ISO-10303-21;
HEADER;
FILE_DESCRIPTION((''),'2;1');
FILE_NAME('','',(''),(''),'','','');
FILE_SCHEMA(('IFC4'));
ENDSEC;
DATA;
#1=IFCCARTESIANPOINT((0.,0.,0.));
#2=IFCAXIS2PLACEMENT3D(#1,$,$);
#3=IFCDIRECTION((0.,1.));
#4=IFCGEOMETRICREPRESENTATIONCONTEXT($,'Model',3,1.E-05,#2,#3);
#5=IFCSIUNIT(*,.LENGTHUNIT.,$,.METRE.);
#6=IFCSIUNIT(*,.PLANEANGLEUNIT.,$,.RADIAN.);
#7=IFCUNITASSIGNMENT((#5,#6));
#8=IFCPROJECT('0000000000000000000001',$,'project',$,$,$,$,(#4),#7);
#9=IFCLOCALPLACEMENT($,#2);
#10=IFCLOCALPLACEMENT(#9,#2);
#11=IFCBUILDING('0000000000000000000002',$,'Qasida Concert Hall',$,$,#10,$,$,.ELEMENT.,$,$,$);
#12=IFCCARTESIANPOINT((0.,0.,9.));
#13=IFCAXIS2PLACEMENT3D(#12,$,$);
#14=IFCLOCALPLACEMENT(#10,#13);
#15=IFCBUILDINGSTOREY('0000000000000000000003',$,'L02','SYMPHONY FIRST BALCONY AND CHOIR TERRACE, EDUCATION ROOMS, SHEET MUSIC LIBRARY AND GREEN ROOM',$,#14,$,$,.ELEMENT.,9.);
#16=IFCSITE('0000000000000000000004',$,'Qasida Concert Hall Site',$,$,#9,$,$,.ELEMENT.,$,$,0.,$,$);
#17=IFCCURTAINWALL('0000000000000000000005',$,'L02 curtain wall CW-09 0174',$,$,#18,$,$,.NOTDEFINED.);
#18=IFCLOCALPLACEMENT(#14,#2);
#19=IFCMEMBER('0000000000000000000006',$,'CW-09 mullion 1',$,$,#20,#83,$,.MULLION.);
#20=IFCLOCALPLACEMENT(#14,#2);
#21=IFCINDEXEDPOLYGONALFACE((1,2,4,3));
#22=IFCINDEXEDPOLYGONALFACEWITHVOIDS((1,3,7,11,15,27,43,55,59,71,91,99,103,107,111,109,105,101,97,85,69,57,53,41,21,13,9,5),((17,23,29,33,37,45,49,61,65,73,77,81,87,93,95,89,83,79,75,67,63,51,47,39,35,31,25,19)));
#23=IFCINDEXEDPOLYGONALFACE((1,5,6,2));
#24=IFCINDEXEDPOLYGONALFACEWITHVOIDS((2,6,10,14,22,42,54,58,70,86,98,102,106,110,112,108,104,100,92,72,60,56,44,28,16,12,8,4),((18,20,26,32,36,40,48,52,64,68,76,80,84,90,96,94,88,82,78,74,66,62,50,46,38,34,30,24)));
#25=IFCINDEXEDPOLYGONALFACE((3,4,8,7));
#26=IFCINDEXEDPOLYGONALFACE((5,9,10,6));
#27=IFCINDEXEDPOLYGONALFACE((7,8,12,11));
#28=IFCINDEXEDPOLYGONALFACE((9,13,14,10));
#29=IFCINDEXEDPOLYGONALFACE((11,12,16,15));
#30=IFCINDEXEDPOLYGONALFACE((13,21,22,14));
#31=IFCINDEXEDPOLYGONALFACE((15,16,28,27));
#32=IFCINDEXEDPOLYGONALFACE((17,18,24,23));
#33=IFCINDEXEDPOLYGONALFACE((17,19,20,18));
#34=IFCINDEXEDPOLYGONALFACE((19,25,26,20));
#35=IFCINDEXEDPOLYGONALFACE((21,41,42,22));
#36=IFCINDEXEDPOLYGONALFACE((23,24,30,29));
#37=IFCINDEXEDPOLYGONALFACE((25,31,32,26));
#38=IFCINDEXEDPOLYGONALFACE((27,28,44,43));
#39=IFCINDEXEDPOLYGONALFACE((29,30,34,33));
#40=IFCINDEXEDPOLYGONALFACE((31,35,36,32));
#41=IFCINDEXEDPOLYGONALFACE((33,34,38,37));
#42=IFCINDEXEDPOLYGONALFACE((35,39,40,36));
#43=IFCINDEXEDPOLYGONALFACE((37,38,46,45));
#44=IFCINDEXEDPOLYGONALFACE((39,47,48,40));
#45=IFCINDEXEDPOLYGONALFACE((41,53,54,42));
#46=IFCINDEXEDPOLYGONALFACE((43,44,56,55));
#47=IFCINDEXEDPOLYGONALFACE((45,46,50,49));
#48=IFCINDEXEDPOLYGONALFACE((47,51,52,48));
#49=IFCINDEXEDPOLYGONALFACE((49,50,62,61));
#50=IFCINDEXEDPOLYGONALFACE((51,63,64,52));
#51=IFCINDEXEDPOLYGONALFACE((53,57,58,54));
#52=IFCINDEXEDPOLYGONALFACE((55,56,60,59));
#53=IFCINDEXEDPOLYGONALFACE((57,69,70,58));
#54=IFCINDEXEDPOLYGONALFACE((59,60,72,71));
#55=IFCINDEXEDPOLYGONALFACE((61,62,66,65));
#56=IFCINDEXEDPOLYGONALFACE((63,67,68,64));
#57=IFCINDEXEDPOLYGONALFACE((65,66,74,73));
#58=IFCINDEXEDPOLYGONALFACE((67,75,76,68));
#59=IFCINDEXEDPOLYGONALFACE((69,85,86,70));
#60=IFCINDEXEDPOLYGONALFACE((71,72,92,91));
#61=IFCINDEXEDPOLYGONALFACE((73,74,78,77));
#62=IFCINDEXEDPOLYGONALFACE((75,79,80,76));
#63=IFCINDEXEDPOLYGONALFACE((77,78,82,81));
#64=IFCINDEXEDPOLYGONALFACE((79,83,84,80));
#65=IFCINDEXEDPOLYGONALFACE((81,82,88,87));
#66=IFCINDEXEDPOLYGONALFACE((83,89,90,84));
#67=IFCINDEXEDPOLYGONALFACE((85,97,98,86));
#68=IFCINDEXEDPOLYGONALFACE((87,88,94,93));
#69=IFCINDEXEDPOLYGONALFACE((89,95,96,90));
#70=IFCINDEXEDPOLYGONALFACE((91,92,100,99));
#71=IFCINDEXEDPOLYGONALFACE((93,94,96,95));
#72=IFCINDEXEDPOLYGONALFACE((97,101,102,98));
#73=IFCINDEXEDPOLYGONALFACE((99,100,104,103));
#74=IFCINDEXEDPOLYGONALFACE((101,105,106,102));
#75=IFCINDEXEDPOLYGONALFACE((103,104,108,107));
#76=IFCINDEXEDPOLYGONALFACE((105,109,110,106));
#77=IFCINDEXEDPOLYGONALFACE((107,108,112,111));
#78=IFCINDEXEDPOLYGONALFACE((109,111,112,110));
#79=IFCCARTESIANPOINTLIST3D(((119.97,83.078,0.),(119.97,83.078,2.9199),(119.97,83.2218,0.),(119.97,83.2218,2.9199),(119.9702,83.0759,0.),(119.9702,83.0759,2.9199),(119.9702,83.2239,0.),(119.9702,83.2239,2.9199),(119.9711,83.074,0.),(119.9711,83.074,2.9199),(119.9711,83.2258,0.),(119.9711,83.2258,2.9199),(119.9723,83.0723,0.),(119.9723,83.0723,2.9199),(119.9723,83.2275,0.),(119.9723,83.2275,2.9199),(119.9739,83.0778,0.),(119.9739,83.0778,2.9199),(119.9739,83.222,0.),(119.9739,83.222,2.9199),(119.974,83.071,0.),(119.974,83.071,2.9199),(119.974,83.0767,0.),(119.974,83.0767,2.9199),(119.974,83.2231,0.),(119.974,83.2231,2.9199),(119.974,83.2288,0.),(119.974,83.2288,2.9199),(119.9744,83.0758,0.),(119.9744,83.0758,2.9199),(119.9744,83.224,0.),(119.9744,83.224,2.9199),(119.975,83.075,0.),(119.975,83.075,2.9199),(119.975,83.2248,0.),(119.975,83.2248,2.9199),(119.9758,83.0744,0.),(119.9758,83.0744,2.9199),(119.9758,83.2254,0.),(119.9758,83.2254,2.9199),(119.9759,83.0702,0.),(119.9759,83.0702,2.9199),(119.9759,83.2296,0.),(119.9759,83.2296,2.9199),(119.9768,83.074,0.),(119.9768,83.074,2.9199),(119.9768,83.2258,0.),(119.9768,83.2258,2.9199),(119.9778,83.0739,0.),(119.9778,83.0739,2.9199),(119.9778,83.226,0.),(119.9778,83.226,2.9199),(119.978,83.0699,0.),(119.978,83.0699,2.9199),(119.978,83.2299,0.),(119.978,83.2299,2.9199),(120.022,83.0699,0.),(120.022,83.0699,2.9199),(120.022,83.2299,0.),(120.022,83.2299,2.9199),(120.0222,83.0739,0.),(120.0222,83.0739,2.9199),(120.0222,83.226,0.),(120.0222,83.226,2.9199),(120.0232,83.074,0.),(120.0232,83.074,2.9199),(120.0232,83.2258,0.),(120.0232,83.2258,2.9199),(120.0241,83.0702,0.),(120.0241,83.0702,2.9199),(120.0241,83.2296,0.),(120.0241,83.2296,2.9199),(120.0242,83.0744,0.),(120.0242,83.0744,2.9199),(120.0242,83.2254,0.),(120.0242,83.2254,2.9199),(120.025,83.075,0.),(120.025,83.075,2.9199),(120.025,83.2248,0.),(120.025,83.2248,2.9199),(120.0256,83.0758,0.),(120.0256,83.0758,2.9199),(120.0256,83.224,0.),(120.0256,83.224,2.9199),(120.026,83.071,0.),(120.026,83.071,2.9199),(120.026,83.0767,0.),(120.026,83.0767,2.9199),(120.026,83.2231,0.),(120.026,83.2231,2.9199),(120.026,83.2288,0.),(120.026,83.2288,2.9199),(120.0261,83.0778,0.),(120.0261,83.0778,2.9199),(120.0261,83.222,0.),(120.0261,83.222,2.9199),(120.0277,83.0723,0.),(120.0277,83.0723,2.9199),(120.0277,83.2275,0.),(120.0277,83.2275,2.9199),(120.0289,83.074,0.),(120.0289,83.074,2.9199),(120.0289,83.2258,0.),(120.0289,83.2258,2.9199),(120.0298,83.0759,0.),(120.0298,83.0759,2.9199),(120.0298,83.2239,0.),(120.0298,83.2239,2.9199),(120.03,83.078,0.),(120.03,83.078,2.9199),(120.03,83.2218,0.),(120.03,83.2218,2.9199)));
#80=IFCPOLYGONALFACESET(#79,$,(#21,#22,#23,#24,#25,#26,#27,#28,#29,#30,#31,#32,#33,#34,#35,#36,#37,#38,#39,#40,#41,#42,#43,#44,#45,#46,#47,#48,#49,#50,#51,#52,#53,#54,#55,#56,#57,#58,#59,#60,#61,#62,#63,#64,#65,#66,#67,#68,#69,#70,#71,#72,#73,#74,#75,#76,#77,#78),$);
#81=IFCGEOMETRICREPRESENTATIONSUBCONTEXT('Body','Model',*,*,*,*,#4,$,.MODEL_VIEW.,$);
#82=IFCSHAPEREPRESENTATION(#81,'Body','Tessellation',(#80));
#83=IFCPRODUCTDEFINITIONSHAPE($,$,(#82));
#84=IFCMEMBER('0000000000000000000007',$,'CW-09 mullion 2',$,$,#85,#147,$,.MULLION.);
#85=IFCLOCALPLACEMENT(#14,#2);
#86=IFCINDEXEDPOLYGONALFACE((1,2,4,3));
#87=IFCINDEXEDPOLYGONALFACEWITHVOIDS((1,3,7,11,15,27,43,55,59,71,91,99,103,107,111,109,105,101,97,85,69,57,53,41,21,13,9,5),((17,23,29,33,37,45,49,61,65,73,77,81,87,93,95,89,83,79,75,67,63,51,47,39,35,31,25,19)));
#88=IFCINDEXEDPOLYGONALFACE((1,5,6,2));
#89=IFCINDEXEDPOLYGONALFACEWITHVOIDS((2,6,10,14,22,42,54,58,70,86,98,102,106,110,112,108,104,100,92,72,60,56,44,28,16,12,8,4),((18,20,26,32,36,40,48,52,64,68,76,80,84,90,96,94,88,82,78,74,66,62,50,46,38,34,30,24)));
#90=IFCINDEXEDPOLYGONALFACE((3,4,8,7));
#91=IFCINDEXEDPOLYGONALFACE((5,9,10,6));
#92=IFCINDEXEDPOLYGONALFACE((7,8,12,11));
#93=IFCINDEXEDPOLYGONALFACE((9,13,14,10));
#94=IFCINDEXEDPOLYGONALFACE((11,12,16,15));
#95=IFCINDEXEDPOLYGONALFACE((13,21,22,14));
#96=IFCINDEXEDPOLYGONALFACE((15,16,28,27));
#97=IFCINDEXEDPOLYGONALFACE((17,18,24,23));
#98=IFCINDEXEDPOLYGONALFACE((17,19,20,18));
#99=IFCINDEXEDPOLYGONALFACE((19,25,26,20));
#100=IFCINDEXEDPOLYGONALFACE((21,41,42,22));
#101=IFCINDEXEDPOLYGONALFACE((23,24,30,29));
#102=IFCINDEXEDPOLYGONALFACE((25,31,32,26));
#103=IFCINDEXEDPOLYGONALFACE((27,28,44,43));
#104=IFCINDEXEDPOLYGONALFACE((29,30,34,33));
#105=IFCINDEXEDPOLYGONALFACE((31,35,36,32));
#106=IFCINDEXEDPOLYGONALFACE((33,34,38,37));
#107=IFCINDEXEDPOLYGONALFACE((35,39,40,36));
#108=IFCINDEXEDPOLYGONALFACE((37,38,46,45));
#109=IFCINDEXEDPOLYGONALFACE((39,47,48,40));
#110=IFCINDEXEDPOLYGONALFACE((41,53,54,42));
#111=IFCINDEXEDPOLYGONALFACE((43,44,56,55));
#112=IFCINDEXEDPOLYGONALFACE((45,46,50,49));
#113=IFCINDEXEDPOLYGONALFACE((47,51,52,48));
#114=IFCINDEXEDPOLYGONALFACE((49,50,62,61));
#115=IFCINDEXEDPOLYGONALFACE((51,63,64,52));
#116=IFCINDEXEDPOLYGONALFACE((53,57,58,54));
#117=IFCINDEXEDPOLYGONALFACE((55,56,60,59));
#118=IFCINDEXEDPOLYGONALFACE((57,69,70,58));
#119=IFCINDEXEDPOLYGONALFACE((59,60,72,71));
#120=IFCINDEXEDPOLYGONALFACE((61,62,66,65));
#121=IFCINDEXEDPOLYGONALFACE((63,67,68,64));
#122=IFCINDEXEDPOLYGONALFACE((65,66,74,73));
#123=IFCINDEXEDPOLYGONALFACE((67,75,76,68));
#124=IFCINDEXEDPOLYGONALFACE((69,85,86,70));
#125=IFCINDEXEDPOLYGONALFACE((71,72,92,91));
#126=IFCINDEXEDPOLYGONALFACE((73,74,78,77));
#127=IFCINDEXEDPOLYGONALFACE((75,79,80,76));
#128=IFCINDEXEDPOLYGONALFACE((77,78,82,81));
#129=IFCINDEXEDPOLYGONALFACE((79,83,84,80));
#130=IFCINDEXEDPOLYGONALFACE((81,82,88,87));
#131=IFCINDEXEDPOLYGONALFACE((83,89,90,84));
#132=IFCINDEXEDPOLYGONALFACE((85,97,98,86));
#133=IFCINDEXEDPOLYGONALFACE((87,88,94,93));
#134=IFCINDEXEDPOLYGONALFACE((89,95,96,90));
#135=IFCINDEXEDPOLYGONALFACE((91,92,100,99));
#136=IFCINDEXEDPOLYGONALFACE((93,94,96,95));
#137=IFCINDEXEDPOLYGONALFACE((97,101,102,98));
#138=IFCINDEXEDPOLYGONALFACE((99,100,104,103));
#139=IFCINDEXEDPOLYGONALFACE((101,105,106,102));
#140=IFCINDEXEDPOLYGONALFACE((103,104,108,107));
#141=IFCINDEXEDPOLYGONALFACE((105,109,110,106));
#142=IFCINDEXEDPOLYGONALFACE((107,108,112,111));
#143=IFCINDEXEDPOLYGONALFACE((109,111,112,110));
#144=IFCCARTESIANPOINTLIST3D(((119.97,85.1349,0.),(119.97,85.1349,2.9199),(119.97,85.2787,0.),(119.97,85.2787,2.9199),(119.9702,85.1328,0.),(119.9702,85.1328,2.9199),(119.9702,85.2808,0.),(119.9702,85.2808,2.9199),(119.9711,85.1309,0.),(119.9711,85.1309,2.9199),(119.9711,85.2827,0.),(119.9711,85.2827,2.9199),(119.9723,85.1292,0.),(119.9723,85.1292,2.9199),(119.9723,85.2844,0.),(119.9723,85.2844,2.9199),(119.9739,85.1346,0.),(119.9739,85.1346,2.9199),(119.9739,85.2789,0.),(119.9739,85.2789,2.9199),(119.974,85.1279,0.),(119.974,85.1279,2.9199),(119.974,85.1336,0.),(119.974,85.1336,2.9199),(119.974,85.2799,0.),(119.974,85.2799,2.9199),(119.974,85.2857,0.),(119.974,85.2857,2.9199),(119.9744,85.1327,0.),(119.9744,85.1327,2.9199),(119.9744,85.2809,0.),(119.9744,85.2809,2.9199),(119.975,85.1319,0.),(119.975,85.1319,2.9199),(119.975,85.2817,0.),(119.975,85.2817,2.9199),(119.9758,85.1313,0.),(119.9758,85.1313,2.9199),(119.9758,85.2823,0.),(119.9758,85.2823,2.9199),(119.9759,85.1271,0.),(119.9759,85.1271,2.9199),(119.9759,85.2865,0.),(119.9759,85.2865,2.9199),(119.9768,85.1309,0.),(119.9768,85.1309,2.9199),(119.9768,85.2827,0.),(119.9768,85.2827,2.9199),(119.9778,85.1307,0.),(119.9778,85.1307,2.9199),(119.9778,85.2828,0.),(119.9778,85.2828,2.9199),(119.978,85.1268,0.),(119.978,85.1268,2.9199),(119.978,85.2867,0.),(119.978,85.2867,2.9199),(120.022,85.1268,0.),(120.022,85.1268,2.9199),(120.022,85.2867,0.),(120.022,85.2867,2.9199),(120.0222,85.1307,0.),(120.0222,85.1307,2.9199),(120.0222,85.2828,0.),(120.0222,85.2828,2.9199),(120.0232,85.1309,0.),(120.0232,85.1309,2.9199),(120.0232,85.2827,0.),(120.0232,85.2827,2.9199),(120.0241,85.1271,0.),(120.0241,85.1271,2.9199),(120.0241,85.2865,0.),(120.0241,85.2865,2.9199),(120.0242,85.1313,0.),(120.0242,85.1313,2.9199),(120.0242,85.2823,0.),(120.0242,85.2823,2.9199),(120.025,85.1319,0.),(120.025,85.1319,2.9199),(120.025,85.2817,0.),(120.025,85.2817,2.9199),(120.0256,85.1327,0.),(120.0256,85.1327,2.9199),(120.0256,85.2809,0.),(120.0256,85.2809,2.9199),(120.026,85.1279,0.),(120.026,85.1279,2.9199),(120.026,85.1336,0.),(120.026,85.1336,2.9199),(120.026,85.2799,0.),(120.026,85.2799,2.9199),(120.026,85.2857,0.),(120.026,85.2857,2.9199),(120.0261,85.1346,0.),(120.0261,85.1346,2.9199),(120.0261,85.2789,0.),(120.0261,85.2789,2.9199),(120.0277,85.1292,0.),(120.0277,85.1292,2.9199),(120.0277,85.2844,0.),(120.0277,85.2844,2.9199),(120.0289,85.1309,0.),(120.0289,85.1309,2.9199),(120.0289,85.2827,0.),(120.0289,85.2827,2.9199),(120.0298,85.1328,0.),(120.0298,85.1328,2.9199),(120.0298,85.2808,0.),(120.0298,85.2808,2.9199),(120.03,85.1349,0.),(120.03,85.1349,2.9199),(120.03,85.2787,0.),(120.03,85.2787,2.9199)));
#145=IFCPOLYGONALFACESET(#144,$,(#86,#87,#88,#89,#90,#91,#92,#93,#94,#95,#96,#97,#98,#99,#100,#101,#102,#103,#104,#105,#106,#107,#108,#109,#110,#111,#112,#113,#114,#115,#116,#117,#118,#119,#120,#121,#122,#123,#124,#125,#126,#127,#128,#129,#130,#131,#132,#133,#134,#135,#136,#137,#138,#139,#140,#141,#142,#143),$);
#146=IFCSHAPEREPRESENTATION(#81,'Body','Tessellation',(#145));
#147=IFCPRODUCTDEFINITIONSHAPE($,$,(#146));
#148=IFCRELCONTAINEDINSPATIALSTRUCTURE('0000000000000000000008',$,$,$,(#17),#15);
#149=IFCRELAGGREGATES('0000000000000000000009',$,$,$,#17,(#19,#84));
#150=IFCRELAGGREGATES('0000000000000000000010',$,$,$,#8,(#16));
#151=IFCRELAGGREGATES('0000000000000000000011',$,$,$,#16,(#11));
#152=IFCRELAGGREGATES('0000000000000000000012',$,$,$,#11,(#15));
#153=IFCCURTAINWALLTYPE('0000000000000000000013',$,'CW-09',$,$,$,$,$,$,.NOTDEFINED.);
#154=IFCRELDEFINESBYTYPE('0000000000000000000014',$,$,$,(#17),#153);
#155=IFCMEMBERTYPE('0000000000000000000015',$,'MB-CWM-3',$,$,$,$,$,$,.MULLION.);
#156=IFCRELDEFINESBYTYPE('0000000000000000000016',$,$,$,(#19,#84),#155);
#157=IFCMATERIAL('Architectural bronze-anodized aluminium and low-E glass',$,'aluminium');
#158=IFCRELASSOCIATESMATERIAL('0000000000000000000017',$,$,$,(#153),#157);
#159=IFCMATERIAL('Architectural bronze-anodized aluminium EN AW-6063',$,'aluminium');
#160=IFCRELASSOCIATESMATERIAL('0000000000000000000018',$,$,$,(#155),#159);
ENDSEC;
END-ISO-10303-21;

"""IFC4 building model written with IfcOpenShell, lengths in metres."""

from ifc_helpers import new_model, si_unit, direction, frame, origin, origin_2d, place, context, subcontext, project, spatial, hollow_rectangle, extrude, material, material_profile, profile_set, type_object, element, aggregate, save


model = new_model("IFC4")

# Units and contexts
model_context = context("Model", 3, precision=1e-05, world=origin(), true_north=direction((0.0, 1.0)))
body_context = subcontext(model_context, "Body", "Model", "MODEL_VIEW")
ifc_project = project(units=[si_unit("LENGTHUNIT", "METRE"), si_unit("PLANEANGLEUNIT", "RADIAN")], contexts=[model_context])

# Site, building, storey
site_placement = place(None, origin())
site = spatial("IfcSite", under=ifc_project, at=site_placement, Name="Qasida Concert Hall Site", CompositionType="ELEMENT", RefElevation=0.0)
building_placement = place(site_placement, origin())
building = spatial("IfcBuilding", under=site, at=building_placement, Name="Qasida Concert Hall", CompositionType="ELEMENT")
storey_placement = place(building_placement, frame((0.0, 0.0, 9.0)))
storey = spatial("IfcBuildingStorey", under=building, at=storey_placement, Name="L02", Description="SYMPHONY FIRST BALCONY AND CHOIR TERRACE, EDUCATION ROOMS, SHEET MUSIC LIBRARY AND GREEN ROOM", CompositionType="ELEMENT", Elevation=9.0)

# Curtain wall, members
ifc_material_1 = material(Name="Architectural bronze-anodized aluminium and low-E glass", Category="aluminium")
curtain_wall_type = type_object("IfcCurtainWallType", Name="CW-09", PredefinedType="NOTDEFINED", material=ifc_material_1)
curtain_wall_placement = place(storey_placement, origin())
curtain_wall = element("IfcCurtainWall", 1, at=curtain_wall_placement, inside=storey, type_object=curtain_wall_type, Name="L02 curtain wall CW-09 0174", PredefinedType="NOTDEFINED")
ifc_material_2 = material(Name="Architectural bronze-anodized aluminium EN AW-6063", Category="aluminium")
ifc_material_profile_1 = material_profile(ifc_material_2, hollow_rectangle(XDim=0.0601, YDim=0.1599, WallThickness=0.0039, InnerFilletRadius=0.0039, OuterFilletRadius=0.0081, at=origin_2d()), Name="CWM 160x60x4")
ifc_profile_set_1 = profile_set([ifc_material_profile_1], Name="Architectural bronze-anodized aluminium EN AW-6063")
member_type_1 = type_object("IfcMemberType", Name="MB-CWM-3", PredefinedType="MULLION", material=ifc_profile_set_1)
member_1_placement = place(storey_placement, frame((120.0, 83.1499, 0.0), z_axis=(0.0, 0.0, 1.0), x_axis=(-1.0, 0.0, 0.0)))
member_1 = element("IfcMember", 2, at=member_1_placement, type_object=member_type_1, Name="CW-09 mullion 1", PredefinedType="MULLION", context=body_context, shape_type="SweptSolid", body=[
    extrude(hollow_rectangle(XDim=0.0601, YDim=0.1599, WallThickness=0.0039, InnerFilletRadius=0.0039, OuterFilletRadius=0.0081, at=origin_2d()), origin(), (0.0, 0.0, 1.0), 2.9199),
])
member_2_placement = place(storey_placement, frame((120.0, 85.2068, 0.0), z_axis=(0.0, 0.0, 1.0), x_axis=(-1.0, 0.0, 0.0)))
member_2 = element("IfcMember", 3, at=member_2_placement, type_object=member_type_1, Name="CW-09 mullion 2", PredefinedType="MULLION", context=body_context, shape_type="SweptSolid", body=[
    extrude(hollow_rectangle(XDim=0.0601, YDim=0.1599, WallThickness=0.0039, InnerFilletRadius=0.0039, OuterFilletRadius=0.0081, at=origin_2d()), origin(), (0.0, 0.0, 1.0), 2.9199),
])
aggregate(curtain_wall, [member_1, member_2])

save(model, "model.ifc")
